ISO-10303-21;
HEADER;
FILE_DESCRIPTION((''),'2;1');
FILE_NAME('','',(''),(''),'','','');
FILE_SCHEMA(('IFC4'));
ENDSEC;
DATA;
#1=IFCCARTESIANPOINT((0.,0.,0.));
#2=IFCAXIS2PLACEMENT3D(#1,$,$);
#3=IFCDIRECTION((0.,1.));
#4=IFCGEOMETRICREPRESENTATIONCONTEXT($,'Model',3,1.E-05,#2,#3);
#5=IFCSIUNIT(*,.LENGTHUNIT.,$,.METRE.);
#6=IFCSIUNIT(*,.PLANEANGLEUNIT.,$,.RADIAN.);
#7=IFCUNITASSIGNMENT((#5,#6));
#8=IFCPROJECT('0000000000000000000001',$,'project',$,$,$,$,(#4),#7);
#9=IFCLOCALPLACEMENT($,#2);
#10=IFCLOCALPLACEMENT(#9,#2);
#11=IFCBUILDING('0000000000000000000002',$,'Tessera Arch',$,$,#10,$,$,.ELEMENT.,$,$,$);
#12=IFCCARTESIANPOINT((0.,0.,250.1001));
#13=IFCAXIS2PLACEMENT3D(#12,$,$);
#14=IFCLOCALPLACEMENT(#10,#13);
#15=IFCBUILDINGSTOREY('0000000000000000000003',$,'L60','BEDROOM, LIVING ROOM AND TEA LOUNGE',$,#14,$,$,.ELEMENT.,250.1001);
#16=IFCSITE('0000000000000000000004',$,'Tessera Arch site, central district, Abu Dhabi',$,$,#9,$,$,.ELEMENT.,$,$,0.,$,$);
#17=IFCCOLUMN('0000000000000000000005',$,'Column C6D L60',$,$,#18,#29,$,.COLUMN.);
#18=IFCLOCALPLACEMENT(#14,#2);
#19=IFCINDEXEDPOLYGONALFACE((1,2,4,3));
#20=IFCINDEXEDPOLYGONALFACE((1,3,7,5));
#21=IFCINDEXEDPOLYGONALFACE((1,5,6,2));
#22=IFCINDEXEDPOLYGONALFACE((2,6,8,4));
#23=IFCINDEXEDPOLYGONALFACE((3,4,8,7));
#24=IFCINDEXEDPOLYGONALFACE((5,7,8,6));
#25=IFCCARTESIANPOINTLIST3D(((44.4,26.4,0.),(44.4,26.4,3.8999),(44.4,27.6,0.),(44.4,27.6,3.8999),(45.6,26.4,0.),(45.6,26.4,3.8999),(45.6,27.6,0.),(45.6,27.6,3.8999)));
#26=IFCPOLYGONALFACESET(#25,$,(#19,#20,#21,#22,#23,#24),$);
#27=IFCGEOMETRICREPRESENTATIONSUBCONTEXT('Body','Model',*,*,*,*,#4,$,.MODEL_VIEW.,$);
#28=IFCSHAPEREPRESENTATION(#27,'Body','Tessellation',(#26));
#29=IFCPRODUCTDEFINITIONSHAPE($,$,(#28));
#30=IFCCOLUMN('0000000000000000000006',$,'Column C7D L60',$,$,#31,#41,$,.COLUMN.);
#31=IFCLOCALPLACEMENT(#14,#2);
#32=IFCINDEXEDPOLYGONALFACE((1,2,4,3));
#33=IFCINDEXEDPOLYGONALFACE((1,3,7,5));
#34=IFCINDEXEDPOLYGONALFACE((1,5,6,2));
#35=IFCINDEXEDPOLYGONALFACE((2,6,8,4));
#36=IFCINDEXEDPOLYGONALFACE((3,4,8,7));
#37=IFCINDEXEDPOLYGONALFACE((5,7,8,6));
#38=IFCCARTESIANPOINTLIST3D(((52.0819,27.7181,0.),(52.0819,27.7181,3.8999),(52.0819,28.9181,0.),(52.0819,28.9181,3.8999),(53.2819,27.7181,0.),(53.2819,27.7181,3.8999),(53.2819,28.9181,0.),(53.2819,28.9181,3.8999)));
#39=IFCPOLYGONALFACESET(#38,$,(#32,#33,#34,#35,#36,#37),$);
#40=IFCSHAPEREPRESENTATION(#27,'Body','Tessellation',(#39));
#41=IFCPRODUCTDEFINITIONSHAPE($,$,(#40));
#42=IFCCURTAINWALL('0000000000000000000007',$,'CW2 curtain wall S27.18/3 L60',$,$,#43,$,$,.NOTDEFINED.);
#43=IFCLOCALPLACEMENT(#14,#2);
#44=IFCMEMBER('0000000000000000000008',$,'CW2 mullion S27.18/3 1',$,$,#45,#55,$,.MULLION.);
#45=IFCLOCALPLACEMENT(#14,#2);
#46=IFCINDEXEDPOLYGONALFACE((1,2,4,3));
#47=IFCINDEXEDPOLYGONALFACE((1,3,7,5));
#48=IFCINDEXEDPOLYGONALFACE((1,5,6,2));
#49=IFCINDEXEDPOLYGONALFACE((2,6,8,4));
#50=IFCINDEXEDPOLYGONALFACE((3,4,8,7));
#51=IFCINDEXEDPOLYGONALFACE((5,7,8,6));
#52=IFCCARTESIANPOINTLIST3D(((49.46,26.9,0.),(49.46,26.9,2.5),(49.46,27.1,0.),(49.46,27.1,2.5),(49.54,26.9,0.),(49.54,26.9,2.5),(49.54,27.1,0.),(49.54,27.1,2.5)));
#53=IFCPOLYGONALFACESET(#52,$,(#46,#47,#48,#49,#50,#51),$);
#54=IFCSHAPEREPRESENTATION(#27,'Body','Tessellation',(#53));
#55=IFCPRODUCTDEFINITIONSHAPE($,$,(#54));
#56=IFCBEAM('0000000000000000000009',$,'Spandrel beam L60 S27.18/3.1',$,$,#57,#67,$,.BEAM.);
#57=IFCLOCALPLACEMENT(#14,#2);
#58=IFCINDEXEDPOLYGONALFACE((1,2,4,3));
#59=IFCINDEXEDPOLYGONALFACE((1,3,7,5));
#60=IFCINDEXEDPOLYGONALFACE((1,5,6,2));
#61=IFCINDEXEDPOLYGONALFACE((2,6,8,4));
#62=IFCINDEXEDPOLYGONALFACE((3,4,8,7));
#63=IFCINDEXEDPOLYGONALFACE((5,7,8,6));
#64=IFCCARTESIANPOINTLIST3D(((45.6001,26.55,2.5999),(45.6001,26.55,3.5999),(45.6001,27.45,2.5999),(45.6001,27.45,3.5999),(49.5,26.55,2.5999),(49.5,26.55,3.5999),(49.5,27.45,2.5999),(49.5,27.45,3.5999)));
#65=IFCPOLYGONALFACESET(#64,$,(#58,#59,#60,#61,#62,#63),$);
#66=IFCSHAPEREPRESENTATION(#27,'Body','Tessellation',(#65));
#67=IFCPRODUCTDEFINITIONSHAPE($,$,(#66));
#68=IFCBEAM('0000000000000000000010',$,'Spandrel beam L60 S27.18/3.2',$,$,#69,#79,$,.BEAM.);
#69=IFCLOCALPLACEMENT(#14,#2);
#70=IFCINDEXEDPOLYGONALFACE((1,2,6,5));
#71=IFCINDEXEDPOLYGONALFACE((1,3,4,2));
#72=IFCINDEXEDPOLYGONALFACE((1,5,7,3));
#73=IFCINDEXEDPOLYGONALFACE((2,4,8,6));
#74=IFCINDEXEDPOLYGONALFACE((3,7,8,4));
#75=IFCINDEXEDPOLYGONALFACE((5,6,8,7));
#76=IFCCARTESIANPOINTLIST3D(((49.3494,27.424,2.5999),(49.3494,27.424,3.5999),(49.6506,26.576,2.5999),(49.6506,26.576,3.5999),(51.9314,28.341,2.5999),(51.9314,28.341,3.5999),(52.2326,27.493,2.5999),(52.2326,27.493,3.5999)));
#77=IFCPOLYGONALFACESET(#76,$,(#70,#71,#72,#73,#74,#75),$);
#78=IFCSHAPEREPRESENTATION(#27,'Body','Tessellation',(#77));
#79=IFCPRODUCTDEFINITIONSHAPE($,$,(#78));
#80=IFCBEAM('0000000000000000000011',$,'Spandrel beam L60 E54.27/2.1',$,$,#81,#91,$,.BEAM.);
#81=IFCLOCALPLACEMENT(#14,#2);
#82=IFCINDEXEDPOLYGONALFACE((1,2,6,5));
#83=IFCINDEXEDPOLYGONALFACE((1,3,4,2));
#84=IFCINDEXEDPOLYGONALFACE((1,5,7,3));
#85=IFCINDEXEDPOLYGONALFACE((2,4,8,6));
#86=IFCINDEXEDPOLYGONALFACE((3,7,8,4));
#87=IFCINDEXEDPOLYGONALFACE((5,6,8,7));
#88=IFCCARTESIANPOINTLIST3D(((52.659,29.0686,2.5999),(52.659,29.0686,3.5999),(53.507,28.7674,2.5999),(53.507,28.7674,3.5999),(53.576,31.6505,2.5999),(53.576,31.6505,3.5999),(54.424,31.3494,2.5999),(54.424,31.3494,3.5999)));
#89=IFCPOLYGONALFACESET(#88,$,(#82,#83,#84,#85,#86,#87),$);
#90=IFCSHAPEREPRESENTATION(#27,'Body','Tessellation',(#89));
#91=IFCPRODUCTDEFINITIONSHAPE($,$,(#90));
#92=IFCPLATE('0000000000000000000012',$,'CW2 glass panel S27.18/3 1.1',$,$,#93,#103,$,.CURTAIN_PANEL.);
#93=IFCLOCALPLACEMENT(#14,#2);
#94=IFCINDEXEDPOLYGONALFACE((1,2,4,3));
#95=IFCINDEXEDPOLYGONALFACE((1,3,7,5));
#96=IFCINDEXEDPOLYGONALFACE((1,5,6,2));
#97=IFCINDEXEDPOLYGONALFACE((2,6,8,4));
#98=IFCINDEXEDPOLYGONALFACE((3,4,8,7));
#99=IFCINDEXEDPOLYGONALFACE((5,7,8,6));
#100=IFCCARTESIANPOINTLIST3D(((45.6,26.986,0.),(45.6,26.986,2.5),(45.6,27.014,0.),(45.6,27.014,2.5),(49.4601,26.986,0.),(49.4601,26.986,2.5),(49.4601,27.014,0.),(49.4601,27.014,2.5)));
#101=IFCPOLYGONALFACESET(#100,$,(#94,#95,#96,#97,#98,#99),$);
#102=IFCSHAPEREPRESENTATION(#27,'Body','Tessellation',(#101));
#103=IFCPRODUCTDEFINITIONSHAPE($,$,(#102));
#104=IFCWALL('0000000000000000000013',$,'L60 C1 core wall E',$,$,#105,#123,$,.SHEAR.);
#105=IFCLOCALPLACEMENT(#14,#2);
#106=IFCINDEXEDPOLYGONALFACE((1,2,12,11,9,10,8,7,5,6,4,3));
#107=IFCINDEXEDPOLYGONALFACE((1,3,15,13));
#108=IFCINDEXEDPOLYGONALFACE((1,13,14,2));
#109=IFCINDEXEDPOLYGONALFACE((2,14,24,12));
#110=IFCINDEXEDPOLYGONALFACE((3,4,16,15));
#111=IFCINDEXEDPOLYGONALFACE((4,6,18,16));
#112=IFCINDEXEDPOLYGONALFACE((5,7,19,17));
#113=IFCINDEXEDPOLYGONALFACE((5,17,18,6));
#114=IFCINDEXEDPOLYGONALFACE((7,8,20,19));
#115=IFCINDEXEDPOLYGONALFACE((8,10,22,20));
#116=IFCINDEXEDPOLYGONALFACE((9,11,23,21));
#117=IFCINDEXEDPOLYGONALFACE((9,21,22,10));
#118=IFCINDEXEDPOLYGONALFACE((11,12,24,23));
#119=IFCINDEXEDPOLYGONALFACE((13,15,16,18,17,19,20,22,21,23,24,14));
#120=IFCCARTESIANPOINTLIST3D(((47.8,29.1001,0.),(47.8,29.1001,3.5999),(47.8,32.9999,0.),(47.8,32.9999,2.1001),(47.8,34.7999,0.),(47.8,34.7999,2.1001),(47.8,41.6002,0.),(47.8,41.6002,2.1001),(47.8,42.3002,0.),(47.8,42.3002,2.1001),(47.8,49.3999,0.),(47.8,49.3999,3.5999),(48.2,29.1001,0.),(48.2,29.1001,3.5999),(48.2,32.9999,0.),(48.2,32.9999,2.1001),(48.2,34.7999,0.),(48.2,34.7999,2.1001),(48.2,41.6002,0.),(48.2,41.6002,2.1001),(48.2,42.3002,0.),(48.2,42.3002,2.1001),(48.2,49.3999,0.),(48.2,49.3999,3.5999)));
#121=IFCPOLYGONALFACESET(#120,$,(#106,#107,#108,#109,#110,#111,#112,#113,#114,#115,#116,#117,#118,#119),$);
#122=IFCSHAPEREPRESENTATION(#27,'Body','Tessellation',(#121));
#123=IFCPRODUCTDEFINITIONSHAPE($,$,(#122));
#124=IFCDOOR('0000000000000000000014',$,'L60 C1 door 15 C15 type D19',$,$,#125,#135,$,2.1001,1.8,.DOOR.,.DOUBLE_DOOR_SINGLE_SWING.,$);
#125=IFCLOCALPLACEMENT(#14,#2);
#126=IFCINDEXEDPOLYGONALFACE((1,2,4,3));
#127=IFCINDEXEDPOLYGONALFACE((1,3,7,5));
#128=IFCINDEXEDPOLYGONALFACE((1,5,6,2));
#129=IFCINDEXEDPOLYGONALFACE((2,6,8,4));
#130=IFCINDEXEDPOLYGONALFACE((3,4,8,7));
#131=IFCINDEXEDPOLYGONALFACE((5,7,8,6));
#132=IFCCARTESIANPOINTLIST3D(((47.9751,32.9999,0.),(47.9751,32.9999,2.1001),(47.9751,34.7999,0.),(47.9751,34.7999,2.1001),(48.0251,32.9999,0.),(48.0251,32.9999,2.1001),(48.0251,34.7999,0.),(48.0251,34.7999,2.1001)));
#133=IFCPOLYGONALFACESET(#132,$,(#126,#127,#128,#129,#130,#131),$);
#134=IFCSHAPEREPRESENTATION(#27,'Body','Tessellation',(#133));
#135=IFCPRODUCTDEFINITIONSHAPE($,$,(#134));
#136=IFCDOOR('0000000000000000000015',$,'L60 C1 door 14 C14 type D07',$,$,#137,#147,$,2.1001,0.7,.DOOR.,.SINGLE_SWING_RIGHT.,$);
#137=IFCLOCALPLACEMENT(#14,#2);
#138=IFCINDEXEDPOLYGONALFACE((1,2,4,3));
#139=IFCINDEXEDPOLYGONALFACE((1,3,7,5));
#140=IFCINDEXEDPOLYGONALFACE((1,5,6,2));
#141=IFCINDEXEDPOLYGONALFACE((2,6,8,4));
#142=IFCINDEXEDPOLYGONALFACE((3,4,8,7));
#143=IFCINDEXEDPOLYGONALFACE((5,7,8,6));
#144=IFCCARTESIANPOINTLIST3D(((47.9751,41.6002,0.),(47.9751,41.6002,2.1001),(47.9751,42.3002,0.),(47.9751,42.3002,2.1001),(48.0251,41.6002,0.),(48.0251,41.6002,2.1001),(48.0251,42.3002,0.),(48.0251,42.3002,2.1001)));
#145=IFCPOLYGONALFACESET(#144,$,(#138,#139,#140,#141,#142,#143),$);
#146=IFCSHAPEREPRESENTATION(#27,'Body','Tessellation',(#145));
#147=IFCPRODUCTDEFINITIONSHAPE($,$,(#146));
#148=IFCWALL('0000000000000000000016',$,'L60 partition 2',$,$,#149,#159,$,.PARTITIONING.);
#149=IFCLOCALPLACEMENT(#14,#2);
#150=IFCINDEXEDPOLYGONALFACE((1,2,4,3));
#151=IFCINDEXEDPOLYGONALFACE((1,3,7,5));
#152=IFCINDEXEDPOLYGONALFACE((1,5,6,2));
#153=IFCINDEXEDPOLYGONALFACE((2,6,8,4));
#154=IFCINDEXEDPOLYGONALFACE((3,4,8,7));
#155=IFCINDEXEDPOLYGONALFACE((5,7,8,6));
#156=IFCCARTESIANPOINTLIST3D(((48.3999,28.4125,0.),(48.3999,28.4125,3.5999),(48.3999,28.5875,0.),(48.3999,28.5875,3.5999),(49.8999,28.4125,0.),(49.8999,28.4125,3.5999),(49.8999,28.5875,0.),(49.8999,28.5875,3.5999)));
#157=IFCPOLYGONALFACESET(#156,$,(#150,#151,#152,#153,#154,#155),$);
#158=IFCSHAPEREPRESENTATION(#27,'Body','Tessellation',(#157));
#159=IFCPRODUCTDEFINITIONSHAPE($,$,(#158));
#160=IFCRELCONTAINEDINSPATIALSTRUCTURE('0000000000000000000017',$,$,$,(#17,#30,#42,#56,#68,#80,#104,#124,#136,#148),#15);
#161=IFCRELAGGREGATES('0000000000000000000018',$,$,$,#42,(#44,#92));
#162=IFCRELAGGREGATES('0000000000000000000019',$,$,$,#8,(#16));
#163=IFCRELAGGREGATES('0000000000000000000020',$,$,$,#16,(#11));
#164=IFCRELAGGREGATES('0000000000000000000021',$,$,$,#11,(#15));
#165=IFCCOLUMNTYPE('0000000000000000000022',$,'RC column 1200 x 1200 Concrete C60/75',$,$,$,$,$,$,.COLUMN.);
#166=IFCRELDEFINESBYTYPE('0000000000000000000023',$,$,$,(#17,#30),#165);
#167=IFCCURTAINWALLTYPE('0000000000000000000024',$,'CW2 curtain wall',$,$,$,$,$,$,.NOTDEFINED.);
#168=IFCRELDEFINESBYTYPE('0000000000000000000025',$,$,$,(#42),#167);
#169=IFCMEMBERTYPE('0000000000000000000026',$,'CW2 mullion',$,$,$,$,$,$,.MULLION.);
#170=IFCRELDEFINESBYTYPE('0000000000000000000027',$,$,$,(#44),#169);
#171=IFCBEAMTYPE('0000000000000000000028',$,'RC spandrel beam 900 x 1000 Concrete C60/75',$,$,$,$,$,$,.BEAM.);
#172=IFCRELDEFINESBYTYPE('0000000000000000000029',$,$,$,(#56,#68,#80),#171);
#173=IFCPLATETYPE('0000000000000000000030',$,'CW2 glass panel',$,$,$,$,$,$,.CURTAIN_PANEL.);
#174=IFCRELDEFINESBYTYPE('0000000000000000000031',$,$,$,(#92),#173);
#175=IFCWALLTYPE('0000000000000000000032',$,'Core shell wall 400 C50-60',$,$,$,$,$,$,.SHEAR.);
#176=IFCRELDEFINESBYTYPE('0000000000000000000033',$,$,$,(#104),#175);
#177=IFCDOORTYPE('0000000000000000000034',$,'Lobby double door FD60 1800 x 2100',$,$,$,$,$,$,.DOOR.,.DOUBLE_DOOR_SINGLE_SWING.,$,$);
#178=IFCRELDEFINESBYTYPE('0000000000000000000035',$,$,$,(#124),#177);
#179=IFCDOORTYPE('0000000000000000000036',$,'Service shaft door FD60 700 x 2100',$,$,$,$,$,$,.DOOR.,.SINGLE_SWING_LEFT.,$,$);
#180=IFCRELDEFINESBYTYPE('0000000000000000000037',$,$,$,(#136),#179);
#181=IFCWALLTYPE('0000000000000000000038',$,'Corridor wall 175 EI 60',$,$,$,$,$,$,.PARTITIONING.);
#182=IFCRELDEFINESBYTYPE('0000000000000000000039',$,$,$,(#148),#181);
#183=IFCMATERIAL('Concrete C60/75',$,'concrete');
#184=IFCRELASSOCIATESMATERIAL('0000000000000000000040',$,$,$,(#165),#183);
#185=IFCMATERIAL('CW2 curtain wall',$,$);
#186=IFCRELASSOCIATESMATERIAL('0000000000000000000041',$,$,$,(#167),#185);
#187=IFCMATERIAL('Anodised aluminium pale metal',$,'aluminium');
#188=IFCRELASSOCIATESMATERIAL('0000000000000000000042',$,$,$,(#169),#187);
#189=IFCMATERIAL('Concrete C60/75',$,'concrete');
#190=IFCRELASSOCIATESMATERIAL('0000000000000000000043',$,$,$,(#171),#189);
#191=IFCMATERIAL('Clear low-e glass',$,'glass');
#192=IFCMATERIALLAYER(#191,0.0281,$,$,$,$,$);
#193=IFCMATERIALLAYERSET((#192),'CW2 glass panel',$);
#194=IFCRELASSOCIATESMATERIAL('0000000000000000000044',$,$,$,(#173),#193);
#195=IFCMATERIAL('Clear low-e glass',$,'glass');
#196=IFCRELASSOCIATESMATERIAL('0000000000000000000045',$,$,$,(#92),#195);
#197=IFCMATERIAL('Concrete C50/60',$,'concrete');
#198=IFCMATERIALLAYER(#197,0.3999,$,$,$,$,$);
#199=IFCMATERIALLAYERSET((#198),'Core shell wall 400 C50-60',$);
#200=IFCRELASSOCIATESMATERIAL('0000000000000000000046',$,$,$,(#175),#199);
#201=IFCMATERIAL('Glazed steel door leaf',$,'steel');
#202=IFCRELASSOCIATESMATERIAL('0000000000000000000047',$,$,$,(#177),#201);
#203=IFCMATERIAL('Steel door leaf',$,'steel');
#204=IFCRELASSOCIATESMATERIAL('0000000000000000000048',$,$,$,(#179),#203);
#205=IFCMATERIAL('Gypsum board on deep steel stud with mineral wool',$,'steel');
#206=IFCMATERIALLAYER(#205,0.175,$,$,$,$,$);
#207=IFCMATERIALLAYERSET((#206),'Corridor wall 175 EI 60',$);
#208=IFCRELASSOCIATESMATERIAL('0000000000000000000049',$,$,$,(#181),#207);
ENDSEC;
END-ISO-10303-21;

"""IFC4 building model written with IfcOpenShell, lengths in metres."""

from ifc_helpers import new_model, si_unit, direction, frame, frame_2d, origin, origin_2d, place, context, subcontext, project, spatial, rectangle, extrude, material, layer, layer_set, material_profile, profile_set, type_object, element, fill, aggregate, save


model = new_model("IFC4")

# Units and contexts
model_context = context("Model", 3, precision=1e-05, world=origin(), true_north=direction((0.0, 1.0)))
body_context = subcontext(model_context, "Body", "Model", "MODEL_VIEW")
ifc_project = project(units=[si_unit("LENGTHUNIT", "METRE"), si_unit("PLANEANGLEUNIT", "RADIAN")], contexts=[model_context])

# Site, building, storey
site_placement = place(None, origin())
site = spatial("IfcSite", under=ifc_project, at=site_placement, Name="Tessera Arch site, central district, Abu Dhabi", CompositionType="ELEMENT", RefElevation=0.0)
building_placement = place(site_placement, origin())
building = spatial("IfcBuilding", under=site, at=building_placement, Name="Tessera Arch", CompositionType="ELEMENT")
storey_placement = place(building_placement, frame((0.0, 0.0, 250.1001)))
storey = spatial("IfcBuildingStorey", under=building, at=storey_placement, Name="L60", Description="BEDROOM, LIVING ROOM AND TEA LOUNGE", CompositionType="ELEMENT", Elevation=250.1001)

# Columns
ifc_material_1 = material(Name="Concrete C60/75", Category="concrete")
ifc_material_profile_1 = material_profile(ifc_material_1, rectangle(XDim=1.2, YDim=1.2, at=origin_2d()), Name="RC column 1200 x 1200 Concrete C60/75")
ifc_profile_set_1 = profile_set([ifc_material_profile_1], Name="Concrete C60/75")
column_type = type_object("IfcColumnType", Name="RC column 1200 x 1200 Concrete C60/75", PredefinedType="COLUMN", material=ifc_profile_set_1)
for number, where, z_axis, x_axis, name in (
    (1, (45.0, 27.0, 0.0), (0.0, 0.0, 1.0), (1.0, 0.0, 0.0), "Column C6D L60"),
    (2, (52.6819, 28.3181, 0.0), (0.0, 0.0, 1.0), (1.0, 0.0, 0.0), "Column C7D L60"),
):
    element("IfcColumn", number, at=place(storey_placement, frame(where, z_axis=z_axis, x_axis=x_axis)), inside=storey, type_object=column_type, Name=name, PredefinedType="COLUMN", context=body_context, shape_type="SweptSolid", body=[
        extrude(rectangle(XDim=1.2, YDim=1.2, at=origin_2d()), origin(), (0.0, 0.0, 1.0), 3.8999),
    ])

# Curtain wall, member
ifc_material_2 = material(Name="CW2 curtain wall")
curtain_wall_type = type_object("IfcCurtainWallType", Name="CW2 curtain wall", PredefinedType="NOTDEFINED", material=ifc_material_2)
curtain_wall_placement = place(storey_placement, origin())
curtain_wall = element("IfcCurtainWall", 3, at=curtain_wall_placement, inside=storey, type_object=curtain_wall_type, Name="CW2 curtain wall S27.18/3 L60", PredefinedType="NOTDEFINED")
ifc_material_3 = material(Name="Anodised aluminium pale metal", Category="aluminium")
ifc_material_profile_2 = material_profile(ifc_material_3, rectangle(XDim=0.2, YDim=0.0801, at=origin_2d()), Name="AL 80x200")
ifc_profile_set_2 = profile_set([ifc_material_profile_2], Name="Anodised aluminium pale metal")
member_type = type_object("IfcMemberType", Name="CW2 mullion", PredefinedType="MULLION", material=ifc_profile_set_2)
member_placement = place(storey_placement, frame((49.5, 27.0, 0.0), z_axis=(0.0, 0.0, 1.0), x_axis=(0.0, 1.0, 0.0)))
member = element("IfcMember", 4, at=member_placement, type_object=member_type, Name="CW2 mullion S27.18/3 1", PredefinedType="MULLION", context=body_context, shape_type="SweptSolid", body=[
    extrude(rectangle(XDim=0.2, YDim=0.0801, at=origin_2d()), origin(), (0.0, 0.0, 1.0), 2.5),
])

# Beams
ifc_material_4 = material(Name="Concrete C60/75", Category="concrete")
ifc_material_profile_3 = material_profile(ifc_material_4, rectangle(XDim=0.8999, YDim=1.0, at=origin_2d()), Name="RC spandrel beam 900 x 1000 Concrete C60/75")
ifc_profile_set_3 = profile_set([ifc_material_profile_3], Name="Concrete C60/75")
beam_type = type_object("IfcBeamType", Name="RC spandrel beam 900 x 1000 Concrete C60/75", PredefinedType="BEAM", material=ifc_profile_set_3)
beam_placement = place(storey_placement, frame((45.6001, 27.0, 3.0999), z_axis=(1.0, 0.0, 0.0), x_axis=(0.0, 1.0, 0.0)))
element("IfcBeam", 5, at=beam_placement, inside=storey, type_object=beam_type, Name="Spandrel beam L60 S27.18/3.1", PredefinedType="BEAM", context=body_context, shape_type="SweptSolid", body=[
    extrude(rectangle(XDim=0.8999, YDim=1.0, at=origin_2d()), origin(), (0.0, 0.0, 1.0), 3.8999),
])
for number, where, z_axis, x_axis, name in (
    (6, (49.5, 27.0, 3.0999), (0.942337, 0.334665, 0.0), (-0.334665, 0.942337, 0.0), "Spandrel beam L60 S27.18/3.2"),
    (7, (53.083, 28.918, 3.0999), (0.334665, 0.942337, 0.0), (-0.942337, 0.334665, 0.0), "Spandrel beam L60 E54.27/2.1"),
):
    element("IfcBeam", number, at=place(storey_placement, frame(where, z_axis=z_axis, x_axis=x_axis)), inside=storey, type_object=beam_type, Name=name, PredefinedType="BEAM", context=body_context, shape_type="SweptSolid", body=[
        extrude(rectangle(XDim=0.8999, YDim=1.0, at=origin_2d()), origin(), (0.0, 0.0, 1.0), 2.74),
    ])

# Plate
ifc_material_5 = material(Name="Clear low-e glass", Category="glass")
ifc_material_6 = material(Name="Clear low-e glass", Category="glass")
ifc_layer_1 = layer(ifc_material_6, 0.0281)
ifc_layer_set_1 = layer_set([ifc_layer_1], Name="CW2 glass panel")
plate_type = type_object("IfcPlateType", Name="CW2 glass panel", PredefinedType="CURTAIN_PANEL", material=ifc_layer_set_1)
plate_placement = place(storey_placement, frame((47.53, 27.0, 0.0), z_axis=(0.0, 0.0, 1.0), x_axis=(1.0, 0.0, 0.0)))
plate = element("IfcPlate", 8, at=plate_placement, type_object=plate_type, material=ifc_material_5, Name="CW2 glass panel S27.18/3 1.1", PredefinedType="CURTAIN_PANEL", context=body_context, shape_type="SweptSolid", body=[
    extrude(rectangle(XDim=3.8601, YDim=0.0281, at=origin_2d()), origin(), (0.0, 0.0, 1.0), 2.5),
])
aggregate(curtain_wall, [member, plate])

# Wall, openings, doors
ifc_material_7 = material(Name="Concrete C50/60", Category="concrete")
ifc_layer_2 = layer(ifc_material_7, 0.3999)
ifc_layer_set_2 = layer_set([ifc_layer_2], Name="Core shell wall 400 C50-60")
wall_type_1 = type_object("IfcWallType", Name="Core shell wall 400 C50-60", PredefinedType="SHEAR", material=ifc_layer_set_2)
wall_1_placement = place(storey_placement, frame((48.0, 29.1001, 0.0), z_axis=(0.0, 0.0, 1.0), x_axis=(0.0, 1.0, 0.0)))
wall_1 = element("IfcWall", 9, at=wall_1_placement, inside=storey, type_object=wall_type_1, Name="L60 C1 core wall E", PredefinedType="SHEAR", context=body_context, shape_type="SweptSolid", body=[
    extrude(rectangle(XDim=20.2998, YDim=0.3999, at=frame_2d((10.1499, 0.0))), origin(), (0.0, 0.0, 1.0), 3.5999),
])
opening_1_placement = place(wall_1_placement, frame((12.5, 0.0, 0.0)))
opening_1 = element("IfcOpeningElement", 10, at=opening_1_placement, cuts=wall_1, PredefinedType="OPENING", context=body_context, shape_type="SweptSolid", body=[
    extrude(rectangle(XDim=0.7, YDim=2.1001, at=frame_2d((0.3501, 1.05))), frame((0.0, 0.21, 0.0), z_axis=(0.0, -1.0, 0.0), x_axis=(1.0, 0.0, 0.0)), (0.0, 0.0, 1.0), 0.4199),
])
opening_2_placement = place(wall_1_placement, frame((3.8999, 0.0, 0.0)))
opening_2 = element("IfcOpeningElement", 11, at=opening_2_placement, cuts=wall_1, PredefinedType="OPENING", context=body_context, shape_type="SweptSolid", body=[
    extrude(rectangle(XDim=1.8, YDim=2.1001, at=frame_2d((0.8999, 1.05))), frame((0.0, 0.21, 0.0), z_axis=(0.0, -1.0, 0.0), x_axis=(1.0, 0.0, 0.0)), (0.0, 0.0, 1.0), 0.4199),
])
ifc_material_8 = material(Name="Glazed steel door leaf", Category="steel")
door_type_1 = type_object("IfcDoorType", Name="Lobby double door FD60 1800 x 2100", OperationType="DOUBLE_DOOR_SINGLE_SWING", PredefinedType="DOOR", material=ifc_material_8)
door_1_placement = place(opening_2_placement, origin())
door_1 = element("IfcDoor", 12, at=door_1_placement, inside=storey, type_object=door_type_1, Name="L60 C1 door 15 C15 type D19", OperationType="DOUBLE_DOOR_SINGLE_SWING", OverallHeight=2.1001, OverallWidth=1.8, PredefinedType="DOOR", context=body_context, shape_type="SweptSolid", body=[
    extrude(rectangle(XDim=1.8, YDim=2.1001, at=frame_2d((0.8999, 1.05))), frame((0.0, 0.0249, 0.0), z_axis=(0.0, -1.0, 0.0), x_axis=(1.0, 0.0, 0.0)), (0.0, 0.0, 1.0), 0.05),
])
fill(opening_2, door_1)
ifc_material_9 = material(Name="Steel door leaf", Category="steel")
door_type_2 = type_object("IfcDoorType", Name="Service shaft door FD60 700 x 2100", OperationType="SINGLE_SWING_LEFT", PredefinedType="DOOR", material=ifc_material_9)
door_2_placement = place(opening_1_placement, origin())
door_2 = element("IfcDoor", 13, at=door_2_placement, inside=storey, type_object=door_type_2, Name="L60 C1 door 14 C14 type D07", OperationType="SINGLE_SWING_RIGHT", OverallHeight=2.1001, OverallWidth=0.7, PredefinedType="DOOR", context=body_context, shape_type="SweptSolid", body=[
    extrude(rectangle(XDim=0.7, YDim=2.1001, at=frame_2d((0.3501, 1.05))), frame((0.0, 0.0249, 0.0), z_axis=(0.0, -1.0, 0.0), x_axis=(1.0, 0.0, 0.0)), (0.0, 0.0, 1.0), 0.05),
])
fill(opening_1, door_2)

# Wall
ifc_material_10 = material(Name="Gypsum board on deep steel stud with mineral wool", Category="steel")
ifc_layer_3 = layer(ifc_material_10, 0.175)
ifc_layer_set_3 = layer_set([ifc_layer_3], Name="Corridor wall 175 EI 60")
wall_type_2 = type_object("IfcWallType", Name="Corridor wall 175 EI 60", PredefinedType="PARTITIONING", material=ifc_layer_set_3)
wall_2_placement = place(storey_placement, frame((48.3999, 28.5, 0.0), z_axis=(0.0, 0.0, 1.0), x_axis=(1.0, 0.0, 0.0)))
element("IfcWall", 14, at=wall_2_placement, inside=storey, type_object=wall_type_2, Name="L60 partition 2", PredefinedType="PARTITIONING", context=body_context, shape_type="SweptSolid", body=[
    extrude(rectangle(XDim=1.5, YDim=0.175, at=frame_2d((0.75, 0.0))), origin(), (0.0, 0.0, 1.0), 3.5999),
])

save(model, "model.ifc")
